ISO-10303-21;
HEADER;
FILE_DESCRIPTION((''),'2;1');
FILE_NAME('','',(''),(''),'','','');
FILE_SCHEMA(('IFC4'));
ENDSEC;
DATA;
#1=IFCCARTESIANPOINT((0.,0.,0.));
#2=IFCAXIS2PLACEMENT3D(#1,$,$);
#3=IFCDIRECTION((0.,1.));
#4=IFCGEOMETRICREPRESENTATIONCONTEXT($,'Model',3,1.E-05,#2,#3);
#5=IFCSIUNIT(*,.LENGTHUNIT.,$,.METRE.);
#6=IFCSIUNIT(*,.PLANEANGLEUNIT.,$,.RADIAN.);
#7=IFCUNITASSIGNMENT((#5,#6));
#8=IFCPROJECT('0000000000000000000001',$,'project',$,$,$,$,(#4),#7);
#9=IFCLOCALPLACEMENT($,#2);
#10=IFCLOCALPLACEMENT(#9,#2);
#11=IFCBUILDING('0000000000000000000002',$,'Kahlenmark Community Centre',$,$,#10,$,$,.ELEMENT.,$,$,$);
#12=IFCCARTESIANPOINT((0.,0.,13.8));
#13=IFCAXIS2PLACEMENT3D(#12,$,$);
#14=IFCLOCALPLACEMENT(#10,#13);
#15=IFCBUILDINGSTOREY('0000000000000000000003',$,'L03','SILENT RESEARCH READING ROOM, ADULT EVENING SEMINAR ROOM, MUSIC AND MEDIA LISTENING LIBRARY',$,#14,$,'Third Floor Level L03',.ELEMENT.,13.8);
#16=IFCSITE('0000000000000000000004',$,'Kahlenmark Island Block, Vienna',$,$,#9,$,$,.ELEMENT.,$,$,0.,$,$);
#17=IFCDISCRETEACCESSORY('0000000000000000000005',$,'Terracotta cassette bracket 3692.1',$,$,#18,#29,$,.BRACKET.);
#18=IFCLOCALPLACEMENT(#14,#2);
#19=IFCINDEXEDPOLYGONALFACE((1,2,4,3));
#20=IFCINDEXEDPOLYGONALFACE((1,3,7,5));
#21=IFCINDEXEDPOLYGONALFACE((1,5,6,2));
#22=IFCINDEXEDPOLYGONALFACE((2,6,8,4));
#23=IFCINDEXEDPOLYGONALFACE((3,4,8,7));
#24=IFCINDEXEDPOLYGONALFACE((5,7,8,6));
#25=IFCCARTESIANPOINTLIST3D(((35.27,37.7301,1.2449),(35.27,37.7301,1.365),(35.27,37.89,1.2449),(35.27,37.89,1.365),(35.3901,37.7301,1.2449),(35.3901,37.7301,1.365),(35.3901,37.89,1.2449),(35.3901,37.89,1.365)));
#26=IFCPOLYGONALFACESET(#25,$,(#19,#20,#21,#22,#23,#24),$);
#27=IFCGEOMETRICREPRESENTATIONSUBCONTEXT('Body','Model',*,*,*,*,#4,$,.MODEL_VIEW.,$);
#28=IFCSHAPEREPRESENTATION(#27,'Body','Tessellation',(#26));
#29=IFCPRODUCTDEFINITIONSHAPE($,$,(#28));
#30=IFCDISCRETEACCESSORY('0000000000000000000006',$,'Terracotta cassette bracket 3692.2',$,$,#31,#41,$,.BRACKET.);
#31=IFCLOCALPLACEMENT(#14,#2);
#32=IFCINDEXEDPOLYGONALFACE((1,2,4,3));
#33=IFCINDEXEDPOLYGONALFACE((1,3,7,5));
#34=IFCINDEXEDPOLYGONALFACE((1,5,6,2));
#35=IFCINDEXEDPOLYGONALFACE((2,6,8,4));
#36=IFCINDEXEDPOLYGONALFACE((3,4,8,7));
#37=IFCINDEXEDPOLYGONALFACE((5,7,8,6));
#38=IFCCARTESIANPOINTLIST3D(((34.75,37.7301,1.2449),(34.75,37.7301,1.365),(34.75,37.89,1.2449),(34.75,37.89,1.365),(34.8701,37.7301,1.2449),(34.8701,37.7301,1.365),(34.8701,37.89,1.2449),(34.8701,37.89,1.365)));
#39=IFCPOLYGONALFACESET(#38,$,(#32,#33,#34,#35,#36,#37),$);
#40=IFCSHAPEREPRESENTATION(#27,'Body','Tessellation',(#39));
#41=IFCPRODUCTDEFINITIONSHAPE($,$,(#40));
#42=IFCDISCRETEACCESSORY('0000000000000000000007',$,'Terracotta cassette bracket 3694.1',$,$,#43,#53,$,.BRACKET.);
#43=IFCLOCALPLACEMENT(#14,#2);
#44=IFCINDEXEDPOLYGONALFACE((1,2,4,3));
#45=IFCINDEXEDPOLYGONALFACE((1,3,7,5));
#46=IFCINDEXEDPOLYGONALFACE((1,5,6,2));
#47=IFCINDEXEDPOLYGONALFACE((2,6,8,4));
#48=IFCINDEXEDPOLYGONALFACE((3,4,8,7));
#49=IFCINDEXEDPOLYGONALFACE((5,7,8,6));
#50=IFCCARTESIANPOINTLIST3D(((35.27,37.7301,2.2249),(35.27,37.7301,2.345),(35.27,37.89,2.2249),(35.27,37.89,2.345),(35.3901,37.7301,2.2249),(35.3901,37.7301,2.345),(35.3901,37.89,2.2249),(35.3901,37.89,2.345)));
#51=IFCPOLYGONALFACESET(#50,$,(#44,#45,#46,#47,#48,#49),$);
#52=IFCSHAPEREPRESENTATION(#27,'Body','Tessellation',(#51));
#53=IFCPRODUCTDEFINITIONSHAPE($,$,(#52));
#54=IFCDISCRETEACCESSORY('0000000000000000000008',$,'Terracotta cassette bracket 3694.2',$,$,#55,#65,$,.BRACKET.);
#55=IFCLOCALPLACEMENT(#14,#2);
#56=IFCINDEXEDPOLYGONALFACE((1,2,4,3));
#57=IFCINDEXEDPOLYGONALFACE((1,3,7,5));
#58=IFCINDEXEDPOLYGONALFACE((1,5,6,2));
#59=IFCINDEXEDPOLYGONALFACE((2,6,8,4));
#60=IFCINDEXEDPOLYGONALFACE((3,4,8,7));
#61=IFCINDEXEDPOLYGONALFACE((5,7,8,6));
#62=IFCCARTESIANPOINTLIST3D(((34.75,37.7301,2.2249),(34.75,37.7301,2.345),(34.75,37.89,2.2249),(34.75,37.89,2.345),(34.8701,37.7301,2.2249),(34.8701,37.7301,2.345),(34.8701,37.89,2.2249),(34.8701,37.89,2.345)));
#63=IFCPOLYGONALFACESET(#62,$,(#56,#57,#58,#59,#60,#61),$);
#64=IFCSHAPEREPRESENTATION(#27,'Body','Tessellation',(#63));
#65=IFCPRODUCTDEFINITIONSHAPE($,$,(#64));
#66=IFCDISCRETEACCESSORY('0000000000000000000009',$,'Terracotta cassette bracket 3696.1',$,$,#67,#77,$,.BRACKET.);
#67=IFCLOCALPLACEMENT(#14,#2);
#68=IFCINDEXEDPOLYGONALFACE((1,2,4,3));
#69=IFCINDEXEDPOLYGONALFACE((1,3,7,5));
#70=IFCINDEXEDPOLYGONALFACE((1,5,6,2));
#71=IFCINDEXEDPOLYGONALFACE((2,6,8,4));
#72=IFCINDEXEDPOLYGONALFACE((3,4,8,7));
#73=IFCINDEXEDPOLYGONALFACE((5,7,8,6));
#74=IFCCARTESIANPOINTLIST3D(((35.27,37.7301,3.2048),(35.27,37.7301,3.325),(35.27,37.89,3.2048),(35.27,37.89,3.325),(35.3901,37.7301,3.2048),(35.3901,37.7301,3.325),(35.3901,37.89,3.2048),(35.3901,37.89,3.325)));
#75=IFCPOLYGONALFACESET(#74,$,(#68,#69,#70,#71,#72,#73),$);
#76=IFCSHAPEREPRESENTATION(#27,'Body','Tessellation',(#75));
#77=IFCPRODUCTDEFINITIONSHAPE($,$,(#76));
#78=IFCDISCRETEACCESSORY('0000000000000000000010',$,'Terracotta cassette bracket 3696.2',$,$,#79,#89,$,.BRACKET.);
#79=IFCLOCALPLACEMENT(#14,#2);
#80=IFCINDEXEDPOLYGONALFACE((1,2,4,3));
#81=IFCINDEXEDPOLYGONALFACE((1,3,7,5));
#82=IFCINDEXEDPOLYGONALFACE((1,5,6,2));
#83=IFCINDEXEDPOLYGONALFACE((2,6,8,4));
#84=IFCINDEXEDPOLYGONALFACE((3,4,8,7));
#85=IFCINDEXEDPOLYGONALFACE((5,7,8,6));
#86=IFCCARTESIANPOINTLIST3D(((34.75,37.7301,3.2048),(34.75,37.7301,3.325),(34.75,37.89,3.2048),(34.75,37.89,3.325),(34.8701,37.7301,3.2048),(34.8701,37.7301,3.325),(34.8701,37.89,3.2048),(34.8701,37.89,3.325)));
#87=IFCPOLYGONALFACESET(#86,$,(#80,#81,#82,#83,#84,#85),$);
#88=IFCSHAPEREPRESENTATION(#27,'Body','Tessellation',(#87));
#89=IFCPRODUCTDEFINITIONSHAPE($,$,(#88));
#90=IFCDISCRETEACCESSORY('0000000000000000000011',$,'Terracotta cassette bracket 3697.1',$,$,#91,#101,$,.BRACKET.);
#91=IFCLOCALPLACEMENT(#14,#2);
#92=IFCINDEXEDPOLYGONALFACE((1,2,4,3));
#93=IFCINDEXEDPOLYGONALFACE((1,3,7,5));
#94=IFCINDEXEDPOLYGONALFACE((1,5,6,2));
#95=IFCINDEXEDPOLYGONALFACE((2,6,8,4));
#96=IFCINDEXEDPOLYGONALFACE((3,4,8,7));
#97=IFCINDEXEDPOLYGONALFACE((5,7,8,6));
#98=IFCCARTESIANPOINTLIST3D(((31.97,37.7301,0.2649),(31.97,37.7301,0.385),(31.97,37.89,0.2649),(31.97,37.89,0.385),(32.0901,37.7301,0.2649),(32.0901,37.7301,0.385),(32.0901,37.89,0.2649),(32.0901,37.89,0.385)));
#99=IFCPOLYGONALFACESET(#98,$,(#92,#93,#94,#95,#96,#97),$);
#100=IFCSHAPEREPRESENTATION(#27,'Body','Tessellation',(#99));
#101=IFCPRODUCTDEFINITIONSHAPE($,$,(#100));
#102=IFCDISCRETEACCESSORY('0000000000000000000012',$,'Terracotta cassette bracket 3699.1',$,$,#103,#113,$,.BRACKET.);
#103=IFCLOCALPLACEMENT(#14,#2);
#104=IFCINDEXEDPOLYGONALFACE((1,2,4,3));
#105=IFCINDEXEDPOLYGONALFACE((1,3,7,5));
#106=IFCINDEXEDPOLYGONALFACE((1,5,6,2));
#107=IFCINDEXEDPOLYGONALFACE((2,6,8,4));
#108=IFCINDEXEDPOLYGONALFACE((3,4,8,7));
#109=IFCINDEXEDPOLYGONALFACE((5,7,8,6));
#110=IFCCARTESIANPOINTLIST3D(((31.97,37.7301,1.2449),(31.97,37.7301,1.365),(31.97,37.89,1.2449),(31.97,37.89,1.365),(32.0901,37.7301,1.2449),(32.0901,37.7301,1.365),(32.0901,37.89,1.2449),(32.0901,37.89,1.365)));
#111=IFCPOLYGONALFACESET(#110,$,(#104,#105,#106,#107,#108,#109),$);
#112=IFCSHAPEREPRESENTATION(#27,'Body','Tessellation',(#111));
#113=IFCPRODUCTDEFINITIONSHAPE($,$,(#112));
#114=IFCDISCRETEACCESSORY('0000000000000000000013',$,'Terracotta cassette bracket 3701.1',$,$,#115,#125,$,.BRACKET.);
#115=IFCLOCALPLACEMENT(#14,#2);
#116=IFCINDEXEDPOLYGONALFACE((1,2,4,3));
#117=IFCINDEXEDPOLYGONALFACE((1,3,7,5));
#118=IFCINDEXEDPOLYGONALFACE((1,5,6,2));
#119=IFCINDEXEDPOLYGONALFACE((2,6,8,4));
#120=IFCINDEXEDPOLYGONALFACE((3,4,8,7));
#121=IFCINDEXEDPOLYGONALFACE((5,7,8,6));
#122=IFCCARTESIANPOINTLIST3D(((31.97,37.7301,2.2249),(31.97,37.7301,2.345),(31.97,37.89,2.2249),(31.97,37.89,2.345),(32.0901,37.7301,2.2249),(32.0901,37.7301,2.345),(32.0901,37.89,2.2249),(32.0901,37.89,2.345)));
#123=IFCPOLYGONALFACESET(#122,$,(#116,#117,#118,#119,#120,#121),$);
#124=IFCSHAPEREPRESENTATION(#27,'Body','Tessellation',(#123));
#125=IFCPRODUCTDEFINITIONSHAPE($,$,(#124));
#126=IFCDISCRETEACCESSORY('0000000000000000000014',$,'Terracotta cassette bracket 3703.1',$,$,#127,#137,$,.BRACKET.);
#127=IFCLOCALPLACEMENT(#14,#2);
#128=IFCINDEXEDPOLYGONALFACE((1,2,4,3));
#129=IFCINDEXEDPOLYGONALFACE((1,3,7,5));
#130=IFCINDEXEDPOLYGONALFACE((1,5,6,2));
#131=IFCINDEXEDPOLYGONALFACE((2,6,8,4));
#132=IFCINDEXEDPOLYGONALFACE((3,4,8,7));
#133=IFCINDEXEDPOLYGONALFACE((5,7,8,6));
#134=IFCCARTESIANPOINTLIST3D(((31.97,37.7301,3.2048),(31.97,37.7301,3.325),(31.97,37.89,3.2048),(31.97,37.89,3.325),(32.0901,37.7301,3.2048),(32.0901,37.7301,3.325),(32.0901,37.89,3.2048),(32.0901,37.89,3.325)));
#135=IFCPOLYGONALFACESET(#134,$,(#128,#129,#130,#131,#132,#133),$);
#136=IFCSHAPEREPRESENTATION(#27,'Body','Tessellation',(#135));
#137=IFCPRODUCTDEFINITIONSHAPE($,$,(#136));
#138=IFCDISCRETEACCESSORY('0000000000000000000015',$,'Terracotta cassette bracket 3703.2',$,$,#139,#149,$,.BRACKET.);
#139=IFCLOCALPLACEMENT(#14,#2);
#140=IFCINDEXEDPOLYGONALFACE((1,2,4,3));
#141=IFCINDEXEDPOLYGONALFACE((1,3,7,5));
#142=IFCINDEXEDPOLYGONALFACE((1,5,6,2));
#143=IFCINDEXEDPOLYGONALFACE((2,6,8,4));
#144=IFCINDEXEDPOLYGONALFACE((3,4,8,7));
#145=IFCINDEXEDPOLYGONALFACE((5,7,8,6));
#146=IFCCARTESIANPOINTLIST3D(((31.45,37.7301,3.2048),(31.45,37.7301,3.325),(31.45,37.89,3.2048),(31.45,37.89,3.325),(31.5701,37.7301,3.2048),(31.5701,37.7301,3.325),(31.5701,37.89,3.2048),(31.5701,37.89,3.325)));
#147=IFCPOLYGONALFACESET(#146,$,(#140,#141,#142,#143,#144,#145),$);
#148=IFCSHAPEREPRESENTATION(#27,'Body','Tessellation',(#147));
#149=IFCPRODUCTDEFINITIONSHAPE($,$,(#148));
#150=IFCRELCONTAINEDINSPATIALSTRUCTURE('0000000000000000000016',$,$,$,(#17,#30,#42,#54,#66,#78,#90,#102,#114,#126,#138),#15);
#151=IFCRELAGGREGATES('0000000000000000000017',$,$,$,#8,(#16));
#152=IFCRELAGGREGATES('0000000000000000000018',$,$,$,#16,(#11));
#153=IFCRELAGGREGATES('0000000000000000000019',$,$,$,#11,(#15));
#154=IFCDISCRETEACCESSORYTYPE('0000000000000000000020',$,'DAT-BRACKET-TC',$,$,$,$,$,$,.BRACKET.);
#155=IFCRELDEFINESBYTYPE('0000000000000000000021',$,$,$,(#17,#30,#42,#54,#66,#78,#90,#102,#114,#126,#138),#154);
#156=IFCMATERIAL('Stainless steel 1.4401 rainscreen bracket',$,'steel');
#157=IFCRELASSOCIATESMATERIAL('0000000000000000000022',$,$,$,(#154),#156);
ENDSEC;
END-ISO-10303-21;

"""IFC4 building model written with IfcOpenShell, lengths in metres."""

from ifc_helpers import new_model, si_unit, direction, frame, origin, origin_2d, place, context, subcontext, project, spatial, rectangle, extrude, material, type_object, element, save


model = new_model("IFC4")

# Units and contexts
model_context = context("Model", 3, precision=1e-05, world=origin(), true_north=direction((0.0, 1.0)))
body_context = subcontext(model_context, "Body", "Model", "MODEL_VIEW")
ifc_project = project(units=[si_unit("LENGTHUNIT", "METRE"), si_unit("PLANEANGLEUNIT", "RADIAN")], contexts=[model_context])

# Site, building, storey
site_placement = place(None, origin())
site = spatial("IfcSite", under=ifc_project, at=site_placement, Name="Kahlenmark Island Block, Vienna", CompositionType="ELEMENT", RefElevation=0.0)
building_placement = place(site_placement, origin())
building = spatial("IfcBuilding", under=site, at=building_placement, Name="Kahlenmark Community Centre", CompositionType="ELEMENT")
storey_placement = place(building_placement, frame((0.0, 0.0, 13.8)))
storey = spatial("IfcBuildingStorey", under=building, at=storey_placement, Name="L03", Description="SILENT RESEARCH READING ROOM, ADULT EVENING SEMINAR ROOM, MUSIC AND MEDIA LISTENING LIBRARY", LongName="Third Floor Level L03", CompositionType="ELEMENT", Elevation=13.8)

# Discrete accessories
ifc_material_1 = material(Name="Stainless steel 1.4401 rainscreen bracket", Category="steel")
discrete_accessory_type = type_object("IfcDiscreteAccessoryType", Name="DAT-BRACKET-TC", PredefinedType="BRACKET", material=ifc_material_1)
for number, where, z_axis, x_axis, name in (
    (1, (35.3301, 37.8101, 1.2449), (0.0, 0.0, 1.0), (-1.0, 0.0, 0.0), "Terracotta cassette bracket 3692.1"),
    (2, (34.8101, 37.8101, 1.2449), (0.0, 0.0, 1.0), (-1.0, 0.0, 0.0), "Terracotta cassette bracket 3692.2"),
    (3, (35.3301, 37.8101, 2.2249), (0.0, 0.0, 1.0), (-1.0, 0.0, 0.0), "Terracotta cassette bracket 3694.1"),
    (4, (34.8101, 37.8101, 2.2249), (0.0, 0.0, 1.0), (-1.0, 0.0, 0.0), "Terracotta cassette bracket 3694.2"),
    (5, (35.3301, 37.8101, 3.2048), (0.0, 0.0, 1.0), (-1.0, 0.0, 0.0), "Terracotta cassette bracket 3696.1"),
    (6, (34.8101, 37.8101, 3.2048), (0.0, 0.0, 1.0), (-1.0, 0.0, 0.0), "Terracotta cassette bracket 3696.2"),
    (7, (32.03, 37.8101, 0.2649), (0.0, 0.0, 1.0), (-1.0, 0.0, 0.0), "Terracotta cassette bracket 3697.1"),
    (8, (32.03, 37.8101, 1.2449), (0.0, 0.0, 1.0), (-1.0, 0.0, 0.0), "Terracotta cassette bracket 3699.1"),
    (9, (32.03, 37.8101, 2.2249), (0.0, 0.0, 1.0), (-1.0, 0.0, 0.0), "Terracotta cassette bracket 3701.1"),
    (10, (32.03, 37.8101, 3.2048), (0.0, 0.0, 1.0), (-1.0, 0.0, 0.0), "Terracotta cassette bracket 3703.1"),
    (11, (31.51, 37.8101, 3.2048), (0.0, 0.0, 1.0), (-1.0, 0.0, 0.0), "Terracotta cassette bracket 3703.2"),
):
    element("IfcDiscreteAccessory", number, at=place(storey_placement, frame(where, z_axis=z_axis, x_axis=x_axis)), inside=storey, type_object=discrete_accessory_type, Name=name, PredefinedType="BRACKET", context=body_context, shape_type="SweptSolid", body=[
        extrude(rectangle(XDim=0.1201, YDim=0.1599, at=origin_2d()), origin(), (0.0, 0.0, 1.0), 0.1201),
    ])

save(model, "model.ifc")
